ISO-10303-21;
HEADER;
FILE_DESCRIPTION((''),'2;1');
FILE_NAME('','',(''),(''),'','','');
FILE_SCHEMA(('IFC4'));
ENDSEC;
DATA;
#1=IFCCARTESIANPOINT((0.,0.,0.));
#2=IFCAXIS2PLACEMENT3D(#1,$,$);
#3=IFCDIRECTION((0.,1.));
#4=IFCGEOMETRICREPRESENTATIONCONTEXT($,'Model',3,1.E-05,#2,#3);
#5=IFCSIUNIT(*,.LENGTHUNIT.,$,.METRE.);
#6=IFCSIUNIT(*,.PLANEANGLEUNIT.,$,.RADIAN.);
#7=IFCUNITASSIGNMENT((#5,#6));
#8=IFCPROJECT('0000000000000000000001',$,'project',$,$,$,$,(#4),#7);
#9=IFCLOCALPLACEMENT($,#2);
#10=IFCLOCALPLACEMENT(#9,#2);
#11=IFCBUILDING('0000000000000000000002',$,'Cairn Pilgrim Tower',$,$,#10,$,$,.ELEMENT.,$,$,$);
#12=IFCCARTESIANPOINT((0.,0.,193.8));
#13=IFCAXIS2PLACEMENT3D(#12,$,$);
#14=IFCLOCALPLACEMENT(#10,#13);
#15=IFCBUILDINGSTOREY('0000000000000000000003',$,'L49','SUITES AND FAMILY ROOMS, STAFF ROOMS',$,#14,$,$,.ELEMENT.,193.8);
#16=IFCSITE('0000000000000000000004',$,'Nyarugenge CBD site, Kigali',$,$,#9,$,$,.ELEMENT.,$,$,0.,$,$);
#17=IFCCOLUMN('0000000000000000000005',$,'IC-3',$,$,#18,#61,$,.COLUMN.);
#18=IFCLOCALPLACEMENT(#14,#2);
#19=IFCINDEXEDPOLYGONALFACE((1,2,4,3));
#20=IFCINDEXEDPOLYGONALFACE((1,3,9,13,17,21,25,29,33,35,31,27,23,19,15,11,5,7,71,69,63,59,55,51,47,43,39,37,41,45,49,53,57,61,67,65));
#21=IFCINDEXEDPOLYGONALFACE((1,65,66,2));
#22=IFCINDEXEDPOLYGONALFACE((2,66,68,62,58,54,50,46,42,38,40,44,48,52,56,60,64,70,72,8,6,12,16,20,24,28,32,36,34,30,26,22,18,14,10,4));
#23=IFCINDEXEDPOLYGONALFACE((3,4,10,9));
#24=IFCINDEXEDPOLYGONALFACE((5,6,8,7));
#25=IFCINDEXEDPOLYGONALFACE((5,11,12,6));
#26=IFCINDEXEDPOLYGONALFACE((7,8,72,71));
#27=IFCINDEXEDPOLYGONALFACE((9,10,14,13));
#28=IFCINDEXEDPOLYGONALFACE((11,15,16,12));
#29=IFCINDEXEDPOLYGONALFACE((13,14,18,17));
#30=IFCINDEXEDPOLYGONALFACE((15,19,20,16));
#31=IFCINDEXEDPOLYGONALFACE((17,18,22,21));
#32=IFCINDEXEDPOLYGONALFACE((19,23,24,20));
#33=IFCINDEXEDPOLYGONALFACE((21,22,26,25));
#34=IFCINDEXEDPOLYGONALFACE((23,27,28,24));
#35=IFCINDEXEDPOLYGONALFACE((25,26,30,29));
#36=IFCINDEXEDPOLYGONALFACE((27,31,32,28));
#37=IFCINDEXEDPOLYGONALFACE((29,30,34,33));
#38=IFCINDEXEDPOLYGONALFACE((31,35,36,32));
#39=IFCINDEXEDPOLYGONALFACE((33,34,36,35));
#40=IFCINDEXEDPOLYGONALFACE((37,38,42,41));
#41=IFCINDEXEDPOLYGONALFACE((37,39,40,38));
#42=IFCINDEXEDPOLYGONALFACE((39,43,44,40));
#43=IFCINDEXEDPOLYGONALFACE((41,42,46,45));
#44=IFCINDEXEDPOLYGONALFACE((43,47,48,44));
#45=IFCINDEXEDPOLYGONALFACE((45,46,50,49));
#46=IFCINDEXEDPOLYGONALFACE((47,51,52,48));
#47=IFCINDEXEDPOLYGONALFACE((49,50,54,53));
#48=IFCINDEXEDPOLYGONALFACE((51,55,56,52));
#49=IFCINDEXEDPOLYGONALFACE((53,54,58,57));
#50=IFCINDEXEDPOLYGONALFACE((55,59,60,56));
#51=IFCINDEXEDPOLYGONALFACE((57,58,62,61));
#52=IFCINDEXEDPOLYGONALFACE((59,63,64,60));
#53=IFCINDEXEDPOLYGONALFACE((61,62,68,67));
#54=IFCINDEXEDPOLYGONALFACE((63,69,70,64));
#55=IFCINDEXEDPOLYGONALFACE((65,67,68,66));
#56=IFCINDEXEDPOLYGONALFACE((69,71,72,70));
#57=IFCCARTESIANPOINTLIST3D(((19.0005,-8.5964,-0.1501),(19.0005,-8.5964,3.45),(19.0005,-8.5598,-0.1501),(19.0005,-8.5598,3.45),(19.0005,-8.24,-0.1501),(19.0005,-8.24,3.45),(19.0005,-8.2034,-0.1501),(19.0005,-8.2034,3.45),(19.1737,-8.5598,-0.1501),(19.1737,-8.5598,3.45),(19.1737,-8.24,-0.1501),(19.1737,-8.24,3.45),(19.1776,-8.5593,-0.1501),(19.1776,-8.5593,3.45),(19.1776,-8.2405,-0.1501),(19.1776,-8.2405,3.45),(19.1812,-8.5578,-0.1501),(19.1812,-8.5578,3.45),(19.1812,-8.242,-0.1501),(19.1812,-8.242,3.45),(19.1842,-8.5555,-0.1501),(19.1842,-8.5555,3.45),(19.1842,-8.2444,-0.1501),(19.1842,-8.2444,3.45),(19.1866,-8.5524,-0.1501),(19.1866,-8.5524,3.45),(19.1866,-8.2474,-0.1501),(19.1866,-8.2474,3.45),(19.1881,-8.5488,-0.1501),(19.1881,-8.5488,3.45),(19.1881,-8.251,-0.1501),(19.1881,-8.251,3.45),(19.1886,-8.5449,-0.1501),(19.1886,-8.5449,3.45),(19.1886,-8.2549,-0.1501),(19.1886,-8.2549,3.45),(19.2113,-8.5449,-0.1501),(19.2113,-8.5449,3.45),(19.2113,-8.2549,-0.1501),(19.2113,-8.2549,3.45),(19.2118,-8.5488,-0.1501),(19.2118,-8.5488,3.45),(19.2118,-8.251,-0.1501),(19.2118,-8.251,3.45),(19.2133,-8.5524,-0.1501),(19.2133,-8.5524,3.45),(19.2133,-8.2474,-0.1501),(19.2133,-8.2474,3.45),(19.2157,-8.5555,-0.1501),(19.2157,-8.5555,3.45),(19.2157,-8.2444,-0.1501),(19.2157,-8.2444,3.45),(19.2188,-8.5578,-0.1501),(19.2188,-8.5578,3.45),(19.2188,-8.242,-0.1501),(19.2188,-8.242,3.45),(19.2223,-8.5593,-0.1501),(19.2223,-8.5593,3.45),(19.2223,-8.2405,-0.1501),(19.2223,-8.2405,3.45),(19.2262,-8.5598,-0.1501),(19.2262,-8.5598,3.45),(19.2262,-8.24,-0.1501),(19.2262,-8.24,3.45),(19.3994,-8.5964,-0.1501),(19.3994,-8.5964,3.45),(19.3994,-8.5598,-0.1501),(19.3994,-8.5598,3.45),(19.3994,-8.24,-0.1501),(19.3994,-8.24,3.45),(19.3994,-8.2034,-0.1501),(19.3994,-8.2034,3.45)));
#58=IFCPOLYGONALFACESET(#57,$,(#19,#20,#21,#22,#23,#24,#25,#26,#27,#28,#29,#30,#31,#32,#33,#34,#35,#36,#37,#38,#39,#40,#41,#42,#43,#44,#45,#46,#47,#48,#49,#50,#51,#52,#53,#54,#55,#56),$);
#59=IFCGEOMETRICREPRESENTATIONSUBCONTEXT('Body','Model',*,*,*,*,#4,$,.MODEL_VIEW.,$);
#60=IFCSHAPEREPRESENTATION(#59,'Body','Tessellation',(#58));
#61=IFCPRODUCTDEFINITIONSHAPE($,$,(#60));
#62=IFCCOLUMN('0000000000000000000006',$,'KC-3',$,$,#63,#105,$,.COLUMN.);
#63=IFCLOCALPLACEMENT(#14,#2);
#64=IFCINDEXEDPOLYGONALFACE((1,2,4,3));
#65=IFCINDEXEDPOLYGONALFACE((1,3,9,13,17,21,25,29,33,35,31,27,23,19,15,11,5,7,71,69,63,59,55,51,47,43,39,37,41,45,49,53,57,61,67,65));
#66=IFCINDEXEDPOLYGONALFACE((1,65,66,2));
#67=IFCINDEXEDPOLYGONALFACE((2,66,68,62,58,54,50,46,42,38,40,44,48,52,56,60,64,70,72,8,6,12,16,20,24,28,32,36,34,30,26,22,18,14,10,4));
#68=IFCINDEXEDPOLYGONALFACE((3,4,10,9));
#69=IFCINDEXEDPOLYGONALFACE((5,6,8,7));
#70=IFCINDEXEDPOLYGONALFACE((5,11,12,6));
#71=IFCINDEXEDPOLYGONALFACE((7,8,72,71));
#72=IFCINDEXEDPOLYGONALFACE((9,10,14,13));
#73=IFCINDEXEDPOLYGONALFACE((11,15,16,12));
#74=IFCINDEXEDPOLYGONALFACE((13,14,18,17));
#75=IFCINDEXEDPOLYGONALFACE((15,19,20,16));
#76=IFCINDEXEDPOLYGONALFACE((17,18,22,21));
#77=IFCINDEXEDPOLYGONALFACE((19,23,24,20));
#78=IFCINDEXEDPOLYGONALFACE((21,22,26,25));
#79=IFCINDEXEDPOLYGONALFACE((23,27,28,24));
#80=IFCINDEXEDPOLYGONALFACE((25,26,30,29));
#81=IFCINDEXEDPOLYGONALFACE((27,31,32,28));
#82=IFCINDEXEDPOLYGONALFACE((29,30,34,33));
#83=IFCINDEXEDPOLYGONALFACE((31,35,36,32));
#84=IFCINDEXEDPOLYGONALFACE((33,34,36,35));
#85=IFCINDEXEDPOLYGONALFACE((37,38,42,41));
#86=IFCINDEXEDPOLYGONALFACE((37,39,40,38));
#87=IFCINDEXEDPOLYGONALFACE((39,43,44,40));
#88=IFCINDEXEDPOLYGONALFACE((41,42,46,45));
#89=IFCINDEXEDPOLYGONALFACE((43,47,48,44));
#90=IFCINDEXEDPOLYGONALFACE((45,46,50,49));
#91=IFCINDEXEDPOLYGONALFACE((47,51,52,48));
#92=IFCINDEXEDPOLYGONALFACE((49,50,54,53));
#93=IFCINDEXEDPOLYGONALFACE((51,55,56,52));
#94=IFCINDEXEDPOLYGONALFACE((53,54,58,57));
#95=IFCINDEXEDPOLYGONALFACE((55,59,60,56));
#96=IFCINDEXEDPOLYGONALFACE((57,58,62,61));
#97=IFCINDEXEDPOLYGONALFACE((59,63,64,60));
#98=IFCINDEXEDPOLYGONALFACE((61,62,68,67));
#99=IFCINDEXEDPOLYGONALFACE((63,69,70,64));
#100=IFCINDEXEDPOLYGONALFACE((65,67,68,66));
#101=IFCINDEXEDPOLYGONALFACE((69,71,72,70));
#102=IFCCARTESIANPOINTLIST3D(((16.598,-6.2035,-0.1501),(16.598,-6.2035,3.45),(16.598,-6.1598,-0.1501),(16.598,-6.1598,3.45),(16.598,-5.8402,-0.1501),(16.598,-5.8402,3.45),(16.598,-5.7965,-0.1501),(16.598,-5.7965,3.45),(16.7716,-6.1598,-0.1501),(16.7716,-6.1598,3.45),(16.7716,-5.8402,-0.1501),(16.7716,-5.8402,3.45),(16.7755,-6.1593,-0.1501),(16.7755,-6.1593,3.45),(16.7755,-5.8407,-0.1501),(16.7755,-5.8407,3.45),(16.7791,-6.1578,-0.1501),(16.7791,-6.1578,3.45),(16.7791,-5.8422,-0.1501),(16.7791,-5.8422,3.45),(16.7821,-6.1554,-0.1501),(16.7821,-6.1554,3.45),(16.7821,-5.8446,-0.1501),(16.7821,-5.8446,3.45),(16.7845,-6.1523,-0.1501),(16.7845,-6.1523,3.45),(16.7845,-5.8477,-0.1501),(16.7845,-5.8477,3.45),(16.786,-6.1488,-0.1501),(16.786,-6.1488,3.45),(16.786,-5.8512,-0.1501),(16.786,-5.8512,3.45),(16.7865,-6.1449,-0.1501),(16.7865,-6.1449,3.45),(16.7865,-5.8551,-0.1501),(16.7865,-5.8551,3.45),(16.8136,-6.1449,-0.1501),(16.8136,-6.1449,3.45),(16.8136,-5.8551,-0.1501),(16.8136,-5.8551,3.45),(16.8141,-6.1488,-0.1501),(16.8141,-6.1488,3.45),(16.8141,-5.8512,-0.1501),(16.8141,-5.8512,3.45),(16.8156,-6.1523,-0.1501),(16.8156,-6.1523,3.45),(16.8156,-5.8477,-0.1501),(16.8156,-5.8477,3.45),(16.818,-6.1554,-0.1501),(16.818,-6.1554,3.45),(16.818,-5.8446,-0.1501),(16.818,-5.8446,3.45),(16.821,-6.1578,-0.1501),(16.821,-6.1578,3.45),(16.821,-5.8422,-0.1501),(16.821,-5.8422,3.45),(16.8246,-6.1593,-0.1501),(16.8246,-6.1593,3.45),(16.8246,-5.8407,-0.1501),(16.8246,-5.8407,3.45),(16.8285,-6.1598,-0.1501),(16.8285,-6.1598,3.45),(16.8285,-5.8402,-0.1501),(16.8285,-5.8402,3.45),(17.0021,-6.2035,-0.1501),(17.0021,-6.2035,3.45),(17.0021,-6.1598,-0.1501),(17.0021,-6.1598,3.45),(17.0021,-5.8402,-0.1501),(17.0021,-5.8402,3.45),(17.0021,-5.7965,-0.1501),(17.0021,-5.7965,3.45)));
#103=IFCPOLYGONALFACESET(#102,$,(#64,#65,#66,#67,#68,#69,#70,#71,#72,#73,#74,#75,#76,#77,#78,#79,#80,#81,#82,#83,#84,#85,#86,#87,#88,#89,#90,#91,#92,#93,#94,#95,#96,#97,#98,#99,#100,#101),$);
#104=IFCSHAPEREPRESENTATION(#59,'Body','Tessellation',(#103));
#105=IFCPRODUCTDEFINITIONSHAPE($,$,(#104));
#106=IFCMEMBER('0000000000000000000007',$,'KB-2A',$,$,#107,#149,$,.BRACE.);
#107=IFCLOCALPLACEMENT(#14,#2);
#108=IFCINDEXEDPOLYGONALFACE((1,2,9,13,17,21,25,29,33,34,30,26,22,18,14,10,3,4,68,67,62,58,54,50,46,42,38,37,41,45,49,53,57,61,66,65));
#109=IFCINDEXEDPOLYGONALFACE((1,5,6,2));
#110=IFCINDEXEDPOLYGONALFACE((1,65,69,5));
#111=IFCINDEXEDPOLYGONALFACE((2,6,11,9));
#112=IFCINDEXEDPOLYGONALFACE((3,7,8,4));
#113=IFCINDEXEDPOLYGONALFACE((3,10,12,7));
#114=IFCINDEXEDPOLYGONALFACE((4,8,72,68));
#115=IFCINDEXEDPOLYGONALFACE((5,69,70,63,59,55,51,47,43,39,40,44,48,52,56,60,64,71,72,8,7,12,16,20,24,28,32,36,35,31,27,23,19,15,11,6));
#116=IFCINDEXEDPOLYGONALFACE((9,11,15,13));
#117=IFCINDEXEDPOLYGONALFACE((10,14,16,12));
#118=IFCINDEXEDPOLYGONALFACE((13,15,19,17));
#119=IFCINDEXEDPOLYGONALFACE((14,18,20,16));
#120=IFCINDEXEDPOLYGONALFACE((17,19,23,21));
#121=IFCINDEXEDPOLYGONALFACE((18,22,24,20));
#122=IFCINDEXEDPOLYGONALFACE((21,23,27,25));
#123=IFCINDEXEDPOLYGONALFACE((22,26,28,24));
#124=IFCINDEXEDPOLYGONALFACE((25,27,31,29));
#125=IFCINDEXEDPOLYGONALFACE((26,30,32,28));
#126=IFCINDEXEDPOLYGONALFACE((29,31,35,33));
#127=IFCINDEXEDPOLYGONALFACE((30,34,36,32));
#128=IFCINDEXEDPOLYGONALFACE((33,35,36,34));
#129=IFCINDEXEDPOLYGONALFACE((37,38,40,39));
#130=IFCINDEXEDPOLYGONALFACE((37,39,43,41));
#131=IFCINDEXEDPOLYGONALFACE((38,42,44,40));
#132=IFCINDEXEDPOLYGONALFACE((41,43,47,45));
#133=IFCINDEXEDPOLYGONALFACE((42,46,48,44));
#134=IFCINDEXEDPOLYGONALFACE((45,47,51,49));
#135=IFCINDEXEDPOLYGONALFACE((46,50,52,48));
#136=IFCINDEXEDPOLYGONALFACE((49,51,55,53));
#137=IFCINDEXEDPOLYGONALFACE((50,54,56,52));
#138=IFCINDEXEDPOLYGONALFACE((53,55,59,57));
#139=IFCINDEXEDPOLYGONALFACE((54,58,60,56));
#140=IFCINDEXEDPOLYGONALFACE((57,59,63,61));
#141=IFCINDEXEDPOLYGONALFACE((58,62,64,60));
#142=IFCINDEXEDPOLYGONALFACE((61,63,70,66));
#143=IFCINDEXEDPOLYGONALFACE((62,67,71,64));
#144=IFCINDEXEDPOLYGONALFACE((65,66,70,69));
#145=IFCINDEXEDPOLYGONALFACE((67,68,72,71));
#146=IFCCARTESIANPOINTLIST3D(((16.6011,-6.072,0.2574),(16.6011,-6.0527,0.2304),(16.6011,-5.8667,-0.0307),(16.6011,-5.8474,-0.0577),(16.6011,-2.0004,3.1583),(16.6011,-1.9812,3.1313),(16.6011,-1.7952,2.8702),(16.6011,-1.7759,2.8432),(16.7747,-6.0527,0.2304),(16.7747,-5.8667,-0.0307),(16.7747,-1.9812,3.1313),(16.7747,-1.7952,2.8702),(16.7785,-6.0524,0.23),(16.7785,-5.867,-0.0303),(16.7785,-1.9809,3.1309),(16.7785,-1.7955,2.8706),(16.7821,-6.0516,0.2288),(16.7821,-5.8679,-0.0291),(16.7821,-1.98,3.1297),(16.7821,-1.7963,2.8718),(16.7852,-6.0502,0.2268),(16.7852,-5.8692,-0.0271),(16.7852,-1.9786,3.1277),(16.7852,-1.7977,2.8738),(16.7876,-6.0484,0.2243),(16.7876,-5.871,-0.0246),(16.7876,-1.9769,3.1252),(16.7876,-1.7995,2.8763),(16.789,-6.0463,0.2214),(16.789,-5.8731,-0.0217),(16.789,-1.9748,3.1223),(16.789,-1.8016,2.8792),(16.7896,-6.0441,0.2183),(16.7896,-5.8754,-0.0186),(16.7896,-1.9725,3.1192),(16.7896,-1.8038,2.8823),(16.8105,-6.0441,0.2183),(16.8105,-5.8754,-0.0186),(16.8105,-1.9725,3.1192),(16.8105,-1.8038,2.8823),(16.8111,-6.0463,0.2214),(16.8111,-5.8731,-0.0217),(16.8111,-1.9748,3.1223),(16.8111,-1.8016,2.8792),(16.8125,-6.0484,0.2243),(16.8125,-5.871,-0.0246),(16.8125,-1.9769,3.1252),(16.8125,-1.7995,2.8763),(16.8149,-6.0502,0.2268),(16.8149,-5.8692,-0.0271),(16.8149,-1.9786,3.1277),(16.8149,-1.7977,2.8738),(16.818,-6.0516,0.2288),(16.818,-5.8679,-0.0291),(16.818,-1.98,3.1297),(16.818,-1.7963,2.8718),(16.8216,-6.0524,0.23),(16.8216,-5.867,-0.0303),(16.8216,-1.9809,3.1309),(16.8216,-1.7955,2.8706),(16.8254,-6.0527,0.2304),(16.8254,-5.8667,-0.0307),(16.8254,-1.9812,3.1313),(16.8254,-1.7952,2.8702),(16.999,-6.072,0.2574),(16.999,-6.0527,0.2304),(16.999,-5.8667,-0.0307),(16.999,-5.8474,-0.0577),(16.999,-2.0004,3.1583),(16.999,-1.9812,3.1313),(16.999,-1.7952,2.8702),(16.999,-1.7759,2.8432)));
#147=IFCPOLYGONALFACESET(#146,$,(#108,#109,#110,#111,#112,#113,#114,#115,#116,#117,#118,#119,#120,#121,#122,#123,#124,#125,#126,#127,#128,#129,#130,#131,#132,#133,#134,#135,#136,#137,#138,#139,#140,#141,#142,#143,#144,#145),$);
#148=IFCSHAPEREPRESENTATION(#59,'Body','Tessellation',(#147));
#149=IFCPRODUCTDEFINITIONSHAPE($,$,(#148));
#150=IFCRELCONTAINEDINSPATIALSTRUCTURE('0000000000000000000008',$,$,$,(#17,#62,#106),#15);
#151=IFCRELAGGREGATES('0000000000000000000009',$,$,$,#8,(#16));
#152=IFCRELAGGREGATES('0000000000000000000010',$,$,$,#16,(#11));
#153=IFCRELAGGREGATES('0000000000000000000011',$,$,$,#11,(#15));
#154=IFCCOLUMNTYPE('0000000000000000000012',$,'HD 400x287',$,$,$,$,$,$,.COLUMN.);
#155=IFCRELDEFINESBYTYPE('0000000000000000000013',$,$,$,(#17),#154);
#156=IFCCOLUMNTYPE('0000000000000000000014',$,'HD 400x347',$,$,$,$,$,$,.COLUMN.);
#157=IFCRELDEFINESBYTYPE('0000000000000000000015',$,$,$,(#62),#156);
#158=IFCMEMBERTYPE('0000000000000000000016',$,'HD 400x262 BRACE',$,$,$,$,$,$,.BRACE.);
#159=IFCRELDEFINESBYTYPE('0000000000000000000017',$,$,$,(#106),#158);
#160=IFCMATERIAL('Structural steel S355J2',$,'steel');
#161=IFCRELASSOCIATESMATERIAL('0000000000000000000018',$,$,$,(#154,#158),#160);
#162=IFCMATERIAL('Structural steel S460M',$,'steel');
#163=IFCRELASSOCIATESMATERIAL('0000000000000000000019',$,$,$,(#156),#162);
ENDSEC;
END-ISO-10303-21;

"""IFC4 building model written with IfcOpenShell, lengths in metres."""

from ifc_helpers import new_model, si_unit, direction, frame, origin, origin_2d, place, context, subcontext, project, spatial, i_section, extrude, material, material_profile, profile_set, type_object, element, save


model = new_model("IFC4")

# Units and contexts
model_context = context("Model", 3, precision=1e-05, world=origin(), true_north=direction((0.0, 1.0)))
body_context = subcontext(model_context, "Body", "Model", "MODEL_VIEW")
ifc_project = project(units=[si_unit("LENGTHUNIT", "METRE"), si_unit("PLANEANGLEUNIT", "RADIAN")], contexts=[model_context])

# Site, building, storey
site_placement = place(None, origin())
site = spatial("IfcSite", under=ifc_project, at=site_placement, Name="Nyarugenge CBD site, Kigali", CompositionType="ELEMENT", RefElevation=0.0)
building_placement = place(site_placement, origin())
building = spatial("IfcBuilding", under=site, at=building_placement, Name="Cairn Pilgrim Tower", CompositionType="ELEMENT")
storey_placement = place(building_placement, frame((0.0, 0.0, 193.8)))
storey = spatial("IfcBuildingStorey", under=building, at=storey_placement, Name="L49", Description="SUITES AND FAMILY ROOMS, STAFF ROOMS", CompositionType="ELEMENT", Elevation=193.8)

# Columns
ifc_material_1 = material(Name="Structural steel S355J2", Category="steel")
ifc_material_profile_1 = material_profile(ifc_material_1, i_section(OverallWidth=0.3989, OverallDepth=0.3931, WebThickness=0.0227, FlangeThickness=0.0366, FilletRadius=0.0149, at=origin_2d()), Name="HD 400x287")
ifc_profile_set_1 = profile_set([ifc_material_profile_1], Name="Structural steel S355J2")
column_type_1 = type_object("IfcColumnType", Name="HD 400x287", PredefinedType="COLUMN", material=ifc_profile_set_1)
column_1_placement = place(storey_placement, frame((19.2, -8.3999, -0.1501), z_axis=(0.0, 0.0, 1.0), x_axis=(1.0, 0.0, 0.0)))
element("IfcColumn", 1, at=column_1_placement, inside=storey, type_object=column_type_1, Name="IC-3", PredefinedType="COLUMN", context=body_context, shape_type="SweptSolid", body=[
    extrude(i_section(OverallWidth=0.3989, OverallDepth=0.3931, WebThickness=0.0227, FlangeThickness=0.0366, FilletRadius=0.0149, at=origin_2d()), origin(), (0.0, 0.0, 1.0), 3.6001),
])
ifc_material_2 = material(Name="Structural steel S460M", Category="steel")
ifc_material_profile_2 = material_profile(ifc_material_2, i_section(OverallWidth=0.4041, OverallDepth=0.407, WebThickness=0.0271, FlangeThickness=0.0437, FilletRadius=0.0149, at=origin_2d()), Name="HD 400x347")
ifc_profile_set_2 = profile_set([ifc_material_profile_2], Name="Structural steel S460M")
column_type_2 = type_object("IfcColumnType", Name="HD 400x347", PredefinedType="COLUMN", material=ifc_profile_set_2)
column_2_placement = place(storey_placement, frame((16.8, -6.0, -0.1501), z_axis=(0.0, 0.0, 1.0), x_axis=(1.0, 0.0, 0.0)))
element("IfcColumn", 2, at=column_2_placement, inside=storey, type_object=column_type_2, Name="KC-3", PredefinedType="COLUMN", context=body_context, shape_type="SweptSolid", body=[
    extrude(i_section(OverallWidth=0.4041, OverallDepth=0.407, WebThickness=0.0271, FlangeThickness=0.0437, FilletRadius=0.0149, at=origin_2d()), origin(), (0.0, 0.0, 1.0), 3.6001),
])

# Member
ifc_material_profile_3 = material_profile(ifc_material_1, i_section(OverallWidth=0.3979, OverallDepth=0.387, WebThickness=0.021, FlangeThickness=0.0332, FilletRadius=0.0149, at=origin_2d()), Name="HD 400x262")
ifc_profile_set_3 = profile_set([ifc_material_profile_3], Name="Structural steel S355J2")
member_type = type_object("IfcMemberType", Name="HD 400x262 BRACE", PredefinedType="BRACE", material=ifc_profile_set_3)
member_placement = place(storey_placement, frame((16.8, -5.9597, 0.0999), z_axis=(0.0, 0.814429, 0.580263), x_axis=(-1.0, 0.0, 0.0)))
element("IfcMember", 3, at=member_placement, inside=storey, type_object=member_type, Name="KB-2A", PredefinedType="BRACE", context=body_context, shape_type="SweptSolid", body=[
    extrude(i_section(OverallWidth=0.3979, OverallDepth=0.387, WebThickness=0.021, FlangeThickness=0.0332, FilletRadius=0.0149, at=origin_2d()), origin(), (0.0, 0.0, 1.0), 4.9993),
])

save(model, "model.ifc")
